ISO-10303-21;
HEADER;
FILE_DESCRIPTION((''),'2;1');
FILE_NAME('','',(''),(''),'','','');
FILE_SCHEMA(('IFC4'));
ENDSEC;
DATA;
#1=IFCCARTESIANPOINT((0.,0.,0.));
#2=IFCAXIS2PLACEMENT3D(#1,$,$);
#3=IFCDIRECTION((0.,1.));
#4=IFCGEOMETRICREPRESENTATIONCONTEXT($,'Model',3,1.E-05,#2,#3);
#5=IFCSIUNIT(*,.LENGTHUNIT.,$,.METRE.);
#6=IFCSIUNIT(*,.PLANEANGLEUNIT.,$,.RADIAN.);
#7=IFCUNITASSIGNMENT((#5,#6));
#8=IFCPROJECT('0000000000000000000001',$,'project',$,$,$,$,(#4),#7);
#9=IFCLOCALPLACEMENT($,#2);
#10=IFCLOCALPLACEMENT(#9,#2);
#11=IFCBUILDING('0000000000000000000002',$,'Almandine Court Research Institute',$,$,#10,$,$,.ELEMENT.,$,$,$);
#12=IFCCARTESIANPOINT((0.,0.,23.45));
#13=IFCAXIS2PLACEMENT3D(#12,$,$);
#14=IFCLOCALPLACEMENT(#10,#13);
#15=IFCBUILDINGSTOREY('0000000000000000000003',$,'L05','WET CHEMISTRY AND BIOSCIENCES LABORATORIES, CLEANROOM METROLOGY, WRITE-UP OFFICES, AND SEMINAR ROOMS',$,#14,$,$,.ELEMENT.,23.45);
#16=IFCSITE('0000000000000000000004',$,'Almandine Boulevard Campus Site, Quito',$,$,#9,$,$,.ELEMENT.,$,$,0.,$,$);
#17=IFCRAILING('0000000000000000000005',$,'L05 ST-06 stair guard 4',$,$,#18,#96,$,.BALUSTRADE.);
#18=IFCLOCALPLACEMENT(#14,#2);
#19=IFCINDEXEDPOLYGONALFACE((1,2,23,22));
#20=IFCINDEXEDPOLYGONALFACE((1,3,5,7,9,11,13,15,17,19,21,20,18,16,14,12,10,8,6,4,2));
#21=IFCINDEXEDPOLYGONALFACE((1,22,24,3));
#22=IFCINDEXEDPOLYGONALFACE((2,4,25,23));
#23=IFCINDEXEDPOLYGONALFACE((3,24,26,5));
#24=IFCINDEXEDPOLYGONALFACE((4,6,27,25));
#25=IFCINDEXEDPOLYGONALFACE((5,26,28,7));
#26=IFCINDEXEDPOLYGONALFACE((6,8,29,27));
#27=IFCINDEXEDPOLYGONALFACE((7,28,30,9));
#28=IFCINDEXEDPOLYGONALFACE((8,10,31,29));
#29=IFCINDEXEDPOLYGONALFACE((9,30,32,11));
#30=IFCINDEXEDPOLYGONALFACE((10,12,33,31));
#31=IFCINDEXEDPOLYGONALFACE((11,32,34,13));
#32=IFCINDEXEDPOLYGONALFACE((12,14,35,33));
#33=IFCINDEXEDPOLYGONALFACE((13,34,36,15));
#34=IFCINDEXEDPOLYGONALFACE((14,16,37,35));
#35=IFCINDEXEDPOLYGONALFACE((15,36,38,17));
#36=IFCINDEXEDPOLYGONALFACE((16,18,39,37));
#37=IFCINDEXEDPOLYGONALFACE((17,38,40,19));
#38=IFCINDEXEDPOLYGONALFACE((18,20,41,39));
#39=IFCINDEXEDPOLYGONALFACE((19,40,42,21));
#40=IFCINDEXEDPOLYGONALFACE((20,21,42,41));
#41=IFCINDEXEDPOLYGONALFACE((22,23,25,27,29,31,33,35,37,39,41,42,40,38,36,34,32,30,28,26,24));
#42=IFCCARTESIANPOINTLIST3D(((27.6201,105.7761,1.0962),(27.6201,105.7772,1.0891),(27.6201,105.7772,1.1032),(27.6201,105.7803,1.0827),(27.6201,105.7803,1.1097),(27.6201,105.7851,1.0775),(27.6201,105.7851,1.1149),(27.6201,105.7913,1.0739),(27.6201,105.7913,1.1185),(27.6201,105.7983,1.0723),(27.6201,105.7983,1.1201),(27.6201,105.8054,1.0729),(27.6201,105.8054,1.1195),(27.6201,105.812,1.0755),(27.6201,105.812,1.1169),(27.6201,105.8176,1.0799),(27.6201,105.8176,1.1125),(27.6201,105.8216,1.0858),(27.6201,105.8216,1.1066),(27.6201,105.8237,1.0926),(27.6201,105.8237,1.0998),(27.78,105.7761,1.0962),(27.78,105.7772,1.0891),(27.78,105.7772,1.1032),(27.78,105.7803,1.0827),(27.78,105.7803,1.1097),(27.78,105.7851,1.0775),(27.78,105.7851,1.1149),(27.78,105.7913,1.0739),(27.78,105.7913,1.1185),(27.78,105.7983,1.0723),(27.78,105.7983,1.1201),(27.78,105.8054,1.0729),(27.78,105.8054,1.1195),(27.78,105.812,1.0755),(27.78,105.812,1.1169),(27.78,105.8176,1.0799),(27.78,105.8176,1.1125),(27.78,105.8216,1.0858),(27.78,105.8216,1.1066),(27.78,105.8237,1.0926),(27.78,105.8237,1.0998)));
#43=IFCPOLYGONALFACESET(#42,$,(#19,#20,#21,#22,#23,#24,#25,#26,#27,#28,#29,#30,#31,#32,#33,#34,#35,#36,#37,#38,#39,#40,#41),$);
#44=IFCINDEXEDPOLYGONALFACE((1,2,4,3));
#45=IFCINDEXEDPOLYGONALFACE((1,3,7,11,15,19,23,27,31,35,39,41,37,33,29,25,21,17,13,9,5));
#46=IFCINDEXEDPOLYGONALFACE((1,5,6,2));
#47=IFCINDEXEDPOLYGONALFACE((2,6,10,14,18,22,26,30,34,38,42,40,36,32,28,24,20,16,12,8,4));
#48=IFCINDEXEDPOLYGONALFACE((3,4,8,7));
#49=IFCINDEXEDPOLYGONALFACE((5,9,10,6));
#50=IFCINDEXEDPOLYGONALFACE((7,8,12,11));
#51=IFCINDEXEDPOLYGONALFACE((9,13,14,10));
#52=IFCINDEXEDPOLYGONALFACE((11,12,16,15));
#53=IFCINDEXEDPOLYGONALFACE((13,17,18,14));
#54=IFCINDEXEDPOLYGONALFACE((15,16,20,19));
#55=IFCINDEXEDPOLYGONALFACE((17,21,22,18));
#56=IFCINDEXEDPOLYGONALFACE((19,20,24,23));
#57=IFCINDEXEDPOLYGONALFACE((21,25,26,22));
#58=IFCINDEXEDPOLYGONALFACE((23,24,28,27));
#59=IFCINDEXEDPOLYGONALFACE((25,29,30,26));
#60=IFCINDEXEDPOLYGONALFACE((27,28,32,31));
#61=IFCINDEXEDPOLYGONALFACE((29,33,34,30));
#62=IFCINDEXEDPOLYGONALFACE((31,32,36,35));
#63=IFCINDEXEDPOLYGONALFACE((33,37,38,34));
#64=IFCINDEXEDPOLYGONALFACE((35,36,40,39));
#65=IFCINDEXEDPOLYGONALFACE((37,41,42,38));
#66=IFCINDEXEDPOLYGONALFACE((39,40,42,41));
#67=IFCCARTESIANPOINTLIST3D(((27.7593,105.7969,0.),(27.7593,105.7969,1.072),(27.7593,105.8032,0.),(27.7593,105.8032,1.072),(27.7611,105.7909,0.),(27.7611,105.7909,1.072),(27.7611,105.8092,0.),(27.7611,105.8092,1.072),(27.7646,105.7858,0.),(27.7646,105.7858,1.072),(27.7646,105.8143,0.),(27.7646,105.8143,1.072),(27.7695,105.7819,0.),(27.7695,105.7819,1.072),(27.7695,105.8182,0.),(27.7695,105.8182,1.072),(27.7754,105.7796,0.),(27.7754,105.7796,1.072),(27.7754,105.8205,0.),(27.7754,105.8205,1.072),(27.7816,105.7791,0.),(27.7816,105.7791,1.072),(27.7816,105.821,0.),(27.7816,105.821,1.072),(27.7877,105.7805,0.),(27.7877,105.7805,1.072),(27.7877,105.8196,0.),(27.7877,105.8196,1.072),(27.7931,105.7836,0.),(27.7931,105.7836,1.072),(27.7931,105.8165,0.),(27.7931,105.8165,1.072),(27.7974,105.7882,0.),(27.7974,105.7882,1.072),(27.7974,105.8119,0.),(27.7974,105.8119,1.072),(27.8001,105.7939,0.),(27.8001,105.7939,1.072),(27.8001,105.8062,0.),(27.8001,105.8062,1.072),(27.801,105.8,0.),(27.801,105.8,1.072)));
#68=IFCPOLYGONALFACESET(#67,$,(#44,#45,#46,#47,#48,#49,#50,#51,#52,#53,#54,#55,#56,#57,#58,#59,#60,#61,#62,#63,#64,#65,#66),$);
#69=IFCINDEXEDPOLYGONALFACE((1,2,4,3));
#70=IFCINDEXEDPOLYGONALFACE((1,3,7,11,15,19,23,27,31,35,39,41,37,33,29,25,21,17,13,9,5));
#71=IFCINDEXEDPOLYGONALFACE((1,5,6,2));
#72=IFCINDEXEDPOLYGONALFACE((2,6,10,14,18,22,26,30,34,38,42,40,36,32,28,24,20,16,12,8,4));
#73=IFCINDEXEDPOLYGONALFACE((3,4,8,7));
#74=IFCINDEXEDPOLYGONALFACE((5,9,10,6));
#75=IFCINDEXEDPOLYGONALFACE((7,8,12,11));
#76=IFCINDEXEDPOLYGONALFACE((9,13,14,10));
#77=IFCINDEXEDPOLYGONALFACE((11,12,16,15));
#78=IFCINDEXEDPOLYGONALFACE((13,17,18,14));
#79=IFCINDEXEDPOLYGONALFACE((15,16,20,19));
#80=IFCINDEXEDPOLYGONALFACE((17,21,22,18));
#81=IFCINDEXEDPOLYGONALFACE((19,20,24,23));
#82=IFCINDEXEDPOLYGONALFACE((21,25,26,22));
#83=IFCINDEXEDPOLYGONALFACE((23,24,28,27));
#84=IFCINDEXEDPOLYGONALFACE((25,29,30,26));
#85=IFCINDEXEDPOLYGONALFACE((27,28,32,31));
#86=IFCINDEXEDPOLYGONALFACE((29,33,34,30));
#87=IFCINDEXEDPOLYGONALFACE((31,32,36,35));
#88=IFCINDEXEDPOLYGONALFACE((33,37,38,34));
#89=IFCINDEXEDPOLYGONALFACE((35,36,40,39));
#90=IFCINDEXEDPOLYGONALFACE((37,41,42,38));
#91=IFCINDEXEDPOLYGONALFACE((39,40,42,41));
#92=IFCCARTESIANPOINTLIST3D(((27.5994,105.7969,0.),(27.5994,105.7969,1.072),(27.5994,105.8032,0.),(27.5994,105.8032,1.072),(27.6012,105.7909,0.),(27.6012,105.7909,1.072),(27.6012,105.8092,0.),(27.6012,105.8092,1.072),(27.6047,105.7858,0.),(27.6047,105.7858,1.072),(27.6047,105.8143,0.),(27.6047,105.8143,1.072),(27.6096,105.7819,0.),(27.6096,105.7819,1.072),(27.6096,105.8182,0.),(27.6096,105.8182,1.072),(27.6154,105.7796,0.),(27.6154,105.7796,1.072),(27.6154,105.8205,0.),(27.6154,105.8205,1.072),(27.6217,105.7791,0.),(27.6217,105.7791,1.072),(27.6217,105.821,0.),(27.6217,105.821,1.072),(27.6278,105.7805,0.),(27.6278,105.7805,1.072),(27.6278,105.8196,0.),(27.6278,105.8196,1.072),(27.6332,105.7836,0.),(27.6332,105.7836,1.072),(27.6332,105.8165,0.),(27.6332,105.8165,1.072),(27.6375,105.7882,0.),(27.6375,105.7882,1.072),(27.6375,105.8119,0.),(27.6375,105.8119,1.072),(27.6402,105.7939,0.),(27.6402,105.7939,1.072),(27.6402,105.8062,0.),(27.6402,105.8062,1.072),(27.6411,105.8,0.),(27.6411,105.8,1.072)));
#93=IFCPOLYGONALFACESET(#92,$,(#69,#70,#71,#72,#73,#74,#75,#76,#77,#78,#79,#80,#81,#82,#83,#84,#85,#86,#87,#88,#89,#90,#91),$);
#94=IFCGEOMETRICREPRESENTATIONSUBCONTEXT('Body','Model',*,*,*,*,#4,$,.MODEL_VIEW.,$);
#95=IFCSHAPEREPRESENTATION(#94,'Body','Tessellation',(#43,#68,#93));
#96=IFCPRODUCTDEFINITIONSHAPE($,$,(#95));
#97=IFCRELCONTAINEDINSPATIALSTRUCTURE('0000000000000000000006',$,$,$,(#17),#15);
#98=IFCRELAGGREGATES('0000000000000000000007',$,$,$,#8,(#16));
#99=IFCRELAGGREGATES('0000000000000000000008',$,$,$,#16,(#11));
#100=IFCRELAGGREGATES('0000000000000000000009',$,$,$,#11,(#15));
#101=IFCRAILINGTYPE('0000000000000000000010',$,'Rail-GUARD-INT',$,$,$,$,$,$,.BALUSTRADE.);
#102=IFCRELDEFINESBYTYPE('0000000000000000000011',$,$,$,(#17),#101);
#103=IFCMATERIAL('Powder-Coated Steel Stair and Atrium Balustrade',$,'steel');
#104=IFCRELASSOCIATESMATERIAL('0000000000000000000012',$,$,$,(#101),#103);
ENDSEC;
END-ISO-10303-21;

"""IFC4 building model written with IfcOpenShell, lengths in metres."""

from ifc_helpers import new_model, si_unit, direction, frame, origin, origin_2d, place, context, subcontext, project, spatial, circle, extrude, material, type_object, element, save


model = new_model("IFC4")

# Units and contexts
model_context = context("Model", 3, precision=1e-05, world=origin(), true_north=direction((0.0, 1.0)))
body_context = subcontext(model_context, "Body", "Model", "MODEL_VIEW")
ifc_project = project(units=[si_unit("LENGTHUNIT", "METRE"), si_unit("PLANEANGLEUNIT", "RADIAN")], contexts=[model_context])

# Site, building, storey
site_placement = place(None, origin())
site = spatial("IfcSite", under=ifc_project, at=site_placement, Name="Almandine Boulevard Campus Site, Quito", CompositionType="ELEMENT", RefElevation=0.0)
building_placement = place(site_placement, origin())
building = spatial("IfcBuilding", under=site, at=building_placement, Name="Almandine Court Research Institute", CompositionType="ELEMENT")
storey_placement = place(building_placement, frame((0.0, 0.0, 23.45)))
storey = spatial("IfcBuildingStorey", under=building, at=storey_placement, Name="L05", Description="WET CHEMISTRY AND BIOSCIENCES LABORATORIES, CLEANROOM METROLOGY, WRITE-UP OFFICES, AND SEMINAR ROOMS", CompositionType="ELEMENT", Elevation=23.45)

# Railing
ifc_material_1 = material(Name="Powder-Coated Steel Stair and Atrium Balustrade", Category="steel")
railing_type_1 = type_object("IfcRailingType", Name="Rail-GUARD-INT", PredefinedType="BALUSTRADE", material=ifc_material_1)
railing_1_placement = place(storey_placement, frame((27.78, 105.8, 0.0)))
element("IfcRailing", 1, at=railing_1_placement, inside=storey, type_object=railing_type_1, Name="L05 ST-06 stair guard 4", PredefinedType="BALUSTRADE", context=body_context, shape_type="SweptSolid", body=[
    extrude(circle(Radius=0.0239, at=origin_2d()), frame((0.0, 0.0, 1.0962), z_axis=(-1.0, 0.0, 0.0), x_axis=(0.0, -1.0, 0.0)), (0.0, 0.0, 1.0), 0.1599),
    extrude(circle(Radius=0.021, at=origin_2d()), origin(), (0.0, 0.0, 1.0), 1.072),
    extrude(circle(Radius=0.021, at=origin_2d()), frame((-0.1599, 0.0, 0.0)), (0.0, 0.0, 1.0), 1.072),
])

save(model, "model.ifc")
